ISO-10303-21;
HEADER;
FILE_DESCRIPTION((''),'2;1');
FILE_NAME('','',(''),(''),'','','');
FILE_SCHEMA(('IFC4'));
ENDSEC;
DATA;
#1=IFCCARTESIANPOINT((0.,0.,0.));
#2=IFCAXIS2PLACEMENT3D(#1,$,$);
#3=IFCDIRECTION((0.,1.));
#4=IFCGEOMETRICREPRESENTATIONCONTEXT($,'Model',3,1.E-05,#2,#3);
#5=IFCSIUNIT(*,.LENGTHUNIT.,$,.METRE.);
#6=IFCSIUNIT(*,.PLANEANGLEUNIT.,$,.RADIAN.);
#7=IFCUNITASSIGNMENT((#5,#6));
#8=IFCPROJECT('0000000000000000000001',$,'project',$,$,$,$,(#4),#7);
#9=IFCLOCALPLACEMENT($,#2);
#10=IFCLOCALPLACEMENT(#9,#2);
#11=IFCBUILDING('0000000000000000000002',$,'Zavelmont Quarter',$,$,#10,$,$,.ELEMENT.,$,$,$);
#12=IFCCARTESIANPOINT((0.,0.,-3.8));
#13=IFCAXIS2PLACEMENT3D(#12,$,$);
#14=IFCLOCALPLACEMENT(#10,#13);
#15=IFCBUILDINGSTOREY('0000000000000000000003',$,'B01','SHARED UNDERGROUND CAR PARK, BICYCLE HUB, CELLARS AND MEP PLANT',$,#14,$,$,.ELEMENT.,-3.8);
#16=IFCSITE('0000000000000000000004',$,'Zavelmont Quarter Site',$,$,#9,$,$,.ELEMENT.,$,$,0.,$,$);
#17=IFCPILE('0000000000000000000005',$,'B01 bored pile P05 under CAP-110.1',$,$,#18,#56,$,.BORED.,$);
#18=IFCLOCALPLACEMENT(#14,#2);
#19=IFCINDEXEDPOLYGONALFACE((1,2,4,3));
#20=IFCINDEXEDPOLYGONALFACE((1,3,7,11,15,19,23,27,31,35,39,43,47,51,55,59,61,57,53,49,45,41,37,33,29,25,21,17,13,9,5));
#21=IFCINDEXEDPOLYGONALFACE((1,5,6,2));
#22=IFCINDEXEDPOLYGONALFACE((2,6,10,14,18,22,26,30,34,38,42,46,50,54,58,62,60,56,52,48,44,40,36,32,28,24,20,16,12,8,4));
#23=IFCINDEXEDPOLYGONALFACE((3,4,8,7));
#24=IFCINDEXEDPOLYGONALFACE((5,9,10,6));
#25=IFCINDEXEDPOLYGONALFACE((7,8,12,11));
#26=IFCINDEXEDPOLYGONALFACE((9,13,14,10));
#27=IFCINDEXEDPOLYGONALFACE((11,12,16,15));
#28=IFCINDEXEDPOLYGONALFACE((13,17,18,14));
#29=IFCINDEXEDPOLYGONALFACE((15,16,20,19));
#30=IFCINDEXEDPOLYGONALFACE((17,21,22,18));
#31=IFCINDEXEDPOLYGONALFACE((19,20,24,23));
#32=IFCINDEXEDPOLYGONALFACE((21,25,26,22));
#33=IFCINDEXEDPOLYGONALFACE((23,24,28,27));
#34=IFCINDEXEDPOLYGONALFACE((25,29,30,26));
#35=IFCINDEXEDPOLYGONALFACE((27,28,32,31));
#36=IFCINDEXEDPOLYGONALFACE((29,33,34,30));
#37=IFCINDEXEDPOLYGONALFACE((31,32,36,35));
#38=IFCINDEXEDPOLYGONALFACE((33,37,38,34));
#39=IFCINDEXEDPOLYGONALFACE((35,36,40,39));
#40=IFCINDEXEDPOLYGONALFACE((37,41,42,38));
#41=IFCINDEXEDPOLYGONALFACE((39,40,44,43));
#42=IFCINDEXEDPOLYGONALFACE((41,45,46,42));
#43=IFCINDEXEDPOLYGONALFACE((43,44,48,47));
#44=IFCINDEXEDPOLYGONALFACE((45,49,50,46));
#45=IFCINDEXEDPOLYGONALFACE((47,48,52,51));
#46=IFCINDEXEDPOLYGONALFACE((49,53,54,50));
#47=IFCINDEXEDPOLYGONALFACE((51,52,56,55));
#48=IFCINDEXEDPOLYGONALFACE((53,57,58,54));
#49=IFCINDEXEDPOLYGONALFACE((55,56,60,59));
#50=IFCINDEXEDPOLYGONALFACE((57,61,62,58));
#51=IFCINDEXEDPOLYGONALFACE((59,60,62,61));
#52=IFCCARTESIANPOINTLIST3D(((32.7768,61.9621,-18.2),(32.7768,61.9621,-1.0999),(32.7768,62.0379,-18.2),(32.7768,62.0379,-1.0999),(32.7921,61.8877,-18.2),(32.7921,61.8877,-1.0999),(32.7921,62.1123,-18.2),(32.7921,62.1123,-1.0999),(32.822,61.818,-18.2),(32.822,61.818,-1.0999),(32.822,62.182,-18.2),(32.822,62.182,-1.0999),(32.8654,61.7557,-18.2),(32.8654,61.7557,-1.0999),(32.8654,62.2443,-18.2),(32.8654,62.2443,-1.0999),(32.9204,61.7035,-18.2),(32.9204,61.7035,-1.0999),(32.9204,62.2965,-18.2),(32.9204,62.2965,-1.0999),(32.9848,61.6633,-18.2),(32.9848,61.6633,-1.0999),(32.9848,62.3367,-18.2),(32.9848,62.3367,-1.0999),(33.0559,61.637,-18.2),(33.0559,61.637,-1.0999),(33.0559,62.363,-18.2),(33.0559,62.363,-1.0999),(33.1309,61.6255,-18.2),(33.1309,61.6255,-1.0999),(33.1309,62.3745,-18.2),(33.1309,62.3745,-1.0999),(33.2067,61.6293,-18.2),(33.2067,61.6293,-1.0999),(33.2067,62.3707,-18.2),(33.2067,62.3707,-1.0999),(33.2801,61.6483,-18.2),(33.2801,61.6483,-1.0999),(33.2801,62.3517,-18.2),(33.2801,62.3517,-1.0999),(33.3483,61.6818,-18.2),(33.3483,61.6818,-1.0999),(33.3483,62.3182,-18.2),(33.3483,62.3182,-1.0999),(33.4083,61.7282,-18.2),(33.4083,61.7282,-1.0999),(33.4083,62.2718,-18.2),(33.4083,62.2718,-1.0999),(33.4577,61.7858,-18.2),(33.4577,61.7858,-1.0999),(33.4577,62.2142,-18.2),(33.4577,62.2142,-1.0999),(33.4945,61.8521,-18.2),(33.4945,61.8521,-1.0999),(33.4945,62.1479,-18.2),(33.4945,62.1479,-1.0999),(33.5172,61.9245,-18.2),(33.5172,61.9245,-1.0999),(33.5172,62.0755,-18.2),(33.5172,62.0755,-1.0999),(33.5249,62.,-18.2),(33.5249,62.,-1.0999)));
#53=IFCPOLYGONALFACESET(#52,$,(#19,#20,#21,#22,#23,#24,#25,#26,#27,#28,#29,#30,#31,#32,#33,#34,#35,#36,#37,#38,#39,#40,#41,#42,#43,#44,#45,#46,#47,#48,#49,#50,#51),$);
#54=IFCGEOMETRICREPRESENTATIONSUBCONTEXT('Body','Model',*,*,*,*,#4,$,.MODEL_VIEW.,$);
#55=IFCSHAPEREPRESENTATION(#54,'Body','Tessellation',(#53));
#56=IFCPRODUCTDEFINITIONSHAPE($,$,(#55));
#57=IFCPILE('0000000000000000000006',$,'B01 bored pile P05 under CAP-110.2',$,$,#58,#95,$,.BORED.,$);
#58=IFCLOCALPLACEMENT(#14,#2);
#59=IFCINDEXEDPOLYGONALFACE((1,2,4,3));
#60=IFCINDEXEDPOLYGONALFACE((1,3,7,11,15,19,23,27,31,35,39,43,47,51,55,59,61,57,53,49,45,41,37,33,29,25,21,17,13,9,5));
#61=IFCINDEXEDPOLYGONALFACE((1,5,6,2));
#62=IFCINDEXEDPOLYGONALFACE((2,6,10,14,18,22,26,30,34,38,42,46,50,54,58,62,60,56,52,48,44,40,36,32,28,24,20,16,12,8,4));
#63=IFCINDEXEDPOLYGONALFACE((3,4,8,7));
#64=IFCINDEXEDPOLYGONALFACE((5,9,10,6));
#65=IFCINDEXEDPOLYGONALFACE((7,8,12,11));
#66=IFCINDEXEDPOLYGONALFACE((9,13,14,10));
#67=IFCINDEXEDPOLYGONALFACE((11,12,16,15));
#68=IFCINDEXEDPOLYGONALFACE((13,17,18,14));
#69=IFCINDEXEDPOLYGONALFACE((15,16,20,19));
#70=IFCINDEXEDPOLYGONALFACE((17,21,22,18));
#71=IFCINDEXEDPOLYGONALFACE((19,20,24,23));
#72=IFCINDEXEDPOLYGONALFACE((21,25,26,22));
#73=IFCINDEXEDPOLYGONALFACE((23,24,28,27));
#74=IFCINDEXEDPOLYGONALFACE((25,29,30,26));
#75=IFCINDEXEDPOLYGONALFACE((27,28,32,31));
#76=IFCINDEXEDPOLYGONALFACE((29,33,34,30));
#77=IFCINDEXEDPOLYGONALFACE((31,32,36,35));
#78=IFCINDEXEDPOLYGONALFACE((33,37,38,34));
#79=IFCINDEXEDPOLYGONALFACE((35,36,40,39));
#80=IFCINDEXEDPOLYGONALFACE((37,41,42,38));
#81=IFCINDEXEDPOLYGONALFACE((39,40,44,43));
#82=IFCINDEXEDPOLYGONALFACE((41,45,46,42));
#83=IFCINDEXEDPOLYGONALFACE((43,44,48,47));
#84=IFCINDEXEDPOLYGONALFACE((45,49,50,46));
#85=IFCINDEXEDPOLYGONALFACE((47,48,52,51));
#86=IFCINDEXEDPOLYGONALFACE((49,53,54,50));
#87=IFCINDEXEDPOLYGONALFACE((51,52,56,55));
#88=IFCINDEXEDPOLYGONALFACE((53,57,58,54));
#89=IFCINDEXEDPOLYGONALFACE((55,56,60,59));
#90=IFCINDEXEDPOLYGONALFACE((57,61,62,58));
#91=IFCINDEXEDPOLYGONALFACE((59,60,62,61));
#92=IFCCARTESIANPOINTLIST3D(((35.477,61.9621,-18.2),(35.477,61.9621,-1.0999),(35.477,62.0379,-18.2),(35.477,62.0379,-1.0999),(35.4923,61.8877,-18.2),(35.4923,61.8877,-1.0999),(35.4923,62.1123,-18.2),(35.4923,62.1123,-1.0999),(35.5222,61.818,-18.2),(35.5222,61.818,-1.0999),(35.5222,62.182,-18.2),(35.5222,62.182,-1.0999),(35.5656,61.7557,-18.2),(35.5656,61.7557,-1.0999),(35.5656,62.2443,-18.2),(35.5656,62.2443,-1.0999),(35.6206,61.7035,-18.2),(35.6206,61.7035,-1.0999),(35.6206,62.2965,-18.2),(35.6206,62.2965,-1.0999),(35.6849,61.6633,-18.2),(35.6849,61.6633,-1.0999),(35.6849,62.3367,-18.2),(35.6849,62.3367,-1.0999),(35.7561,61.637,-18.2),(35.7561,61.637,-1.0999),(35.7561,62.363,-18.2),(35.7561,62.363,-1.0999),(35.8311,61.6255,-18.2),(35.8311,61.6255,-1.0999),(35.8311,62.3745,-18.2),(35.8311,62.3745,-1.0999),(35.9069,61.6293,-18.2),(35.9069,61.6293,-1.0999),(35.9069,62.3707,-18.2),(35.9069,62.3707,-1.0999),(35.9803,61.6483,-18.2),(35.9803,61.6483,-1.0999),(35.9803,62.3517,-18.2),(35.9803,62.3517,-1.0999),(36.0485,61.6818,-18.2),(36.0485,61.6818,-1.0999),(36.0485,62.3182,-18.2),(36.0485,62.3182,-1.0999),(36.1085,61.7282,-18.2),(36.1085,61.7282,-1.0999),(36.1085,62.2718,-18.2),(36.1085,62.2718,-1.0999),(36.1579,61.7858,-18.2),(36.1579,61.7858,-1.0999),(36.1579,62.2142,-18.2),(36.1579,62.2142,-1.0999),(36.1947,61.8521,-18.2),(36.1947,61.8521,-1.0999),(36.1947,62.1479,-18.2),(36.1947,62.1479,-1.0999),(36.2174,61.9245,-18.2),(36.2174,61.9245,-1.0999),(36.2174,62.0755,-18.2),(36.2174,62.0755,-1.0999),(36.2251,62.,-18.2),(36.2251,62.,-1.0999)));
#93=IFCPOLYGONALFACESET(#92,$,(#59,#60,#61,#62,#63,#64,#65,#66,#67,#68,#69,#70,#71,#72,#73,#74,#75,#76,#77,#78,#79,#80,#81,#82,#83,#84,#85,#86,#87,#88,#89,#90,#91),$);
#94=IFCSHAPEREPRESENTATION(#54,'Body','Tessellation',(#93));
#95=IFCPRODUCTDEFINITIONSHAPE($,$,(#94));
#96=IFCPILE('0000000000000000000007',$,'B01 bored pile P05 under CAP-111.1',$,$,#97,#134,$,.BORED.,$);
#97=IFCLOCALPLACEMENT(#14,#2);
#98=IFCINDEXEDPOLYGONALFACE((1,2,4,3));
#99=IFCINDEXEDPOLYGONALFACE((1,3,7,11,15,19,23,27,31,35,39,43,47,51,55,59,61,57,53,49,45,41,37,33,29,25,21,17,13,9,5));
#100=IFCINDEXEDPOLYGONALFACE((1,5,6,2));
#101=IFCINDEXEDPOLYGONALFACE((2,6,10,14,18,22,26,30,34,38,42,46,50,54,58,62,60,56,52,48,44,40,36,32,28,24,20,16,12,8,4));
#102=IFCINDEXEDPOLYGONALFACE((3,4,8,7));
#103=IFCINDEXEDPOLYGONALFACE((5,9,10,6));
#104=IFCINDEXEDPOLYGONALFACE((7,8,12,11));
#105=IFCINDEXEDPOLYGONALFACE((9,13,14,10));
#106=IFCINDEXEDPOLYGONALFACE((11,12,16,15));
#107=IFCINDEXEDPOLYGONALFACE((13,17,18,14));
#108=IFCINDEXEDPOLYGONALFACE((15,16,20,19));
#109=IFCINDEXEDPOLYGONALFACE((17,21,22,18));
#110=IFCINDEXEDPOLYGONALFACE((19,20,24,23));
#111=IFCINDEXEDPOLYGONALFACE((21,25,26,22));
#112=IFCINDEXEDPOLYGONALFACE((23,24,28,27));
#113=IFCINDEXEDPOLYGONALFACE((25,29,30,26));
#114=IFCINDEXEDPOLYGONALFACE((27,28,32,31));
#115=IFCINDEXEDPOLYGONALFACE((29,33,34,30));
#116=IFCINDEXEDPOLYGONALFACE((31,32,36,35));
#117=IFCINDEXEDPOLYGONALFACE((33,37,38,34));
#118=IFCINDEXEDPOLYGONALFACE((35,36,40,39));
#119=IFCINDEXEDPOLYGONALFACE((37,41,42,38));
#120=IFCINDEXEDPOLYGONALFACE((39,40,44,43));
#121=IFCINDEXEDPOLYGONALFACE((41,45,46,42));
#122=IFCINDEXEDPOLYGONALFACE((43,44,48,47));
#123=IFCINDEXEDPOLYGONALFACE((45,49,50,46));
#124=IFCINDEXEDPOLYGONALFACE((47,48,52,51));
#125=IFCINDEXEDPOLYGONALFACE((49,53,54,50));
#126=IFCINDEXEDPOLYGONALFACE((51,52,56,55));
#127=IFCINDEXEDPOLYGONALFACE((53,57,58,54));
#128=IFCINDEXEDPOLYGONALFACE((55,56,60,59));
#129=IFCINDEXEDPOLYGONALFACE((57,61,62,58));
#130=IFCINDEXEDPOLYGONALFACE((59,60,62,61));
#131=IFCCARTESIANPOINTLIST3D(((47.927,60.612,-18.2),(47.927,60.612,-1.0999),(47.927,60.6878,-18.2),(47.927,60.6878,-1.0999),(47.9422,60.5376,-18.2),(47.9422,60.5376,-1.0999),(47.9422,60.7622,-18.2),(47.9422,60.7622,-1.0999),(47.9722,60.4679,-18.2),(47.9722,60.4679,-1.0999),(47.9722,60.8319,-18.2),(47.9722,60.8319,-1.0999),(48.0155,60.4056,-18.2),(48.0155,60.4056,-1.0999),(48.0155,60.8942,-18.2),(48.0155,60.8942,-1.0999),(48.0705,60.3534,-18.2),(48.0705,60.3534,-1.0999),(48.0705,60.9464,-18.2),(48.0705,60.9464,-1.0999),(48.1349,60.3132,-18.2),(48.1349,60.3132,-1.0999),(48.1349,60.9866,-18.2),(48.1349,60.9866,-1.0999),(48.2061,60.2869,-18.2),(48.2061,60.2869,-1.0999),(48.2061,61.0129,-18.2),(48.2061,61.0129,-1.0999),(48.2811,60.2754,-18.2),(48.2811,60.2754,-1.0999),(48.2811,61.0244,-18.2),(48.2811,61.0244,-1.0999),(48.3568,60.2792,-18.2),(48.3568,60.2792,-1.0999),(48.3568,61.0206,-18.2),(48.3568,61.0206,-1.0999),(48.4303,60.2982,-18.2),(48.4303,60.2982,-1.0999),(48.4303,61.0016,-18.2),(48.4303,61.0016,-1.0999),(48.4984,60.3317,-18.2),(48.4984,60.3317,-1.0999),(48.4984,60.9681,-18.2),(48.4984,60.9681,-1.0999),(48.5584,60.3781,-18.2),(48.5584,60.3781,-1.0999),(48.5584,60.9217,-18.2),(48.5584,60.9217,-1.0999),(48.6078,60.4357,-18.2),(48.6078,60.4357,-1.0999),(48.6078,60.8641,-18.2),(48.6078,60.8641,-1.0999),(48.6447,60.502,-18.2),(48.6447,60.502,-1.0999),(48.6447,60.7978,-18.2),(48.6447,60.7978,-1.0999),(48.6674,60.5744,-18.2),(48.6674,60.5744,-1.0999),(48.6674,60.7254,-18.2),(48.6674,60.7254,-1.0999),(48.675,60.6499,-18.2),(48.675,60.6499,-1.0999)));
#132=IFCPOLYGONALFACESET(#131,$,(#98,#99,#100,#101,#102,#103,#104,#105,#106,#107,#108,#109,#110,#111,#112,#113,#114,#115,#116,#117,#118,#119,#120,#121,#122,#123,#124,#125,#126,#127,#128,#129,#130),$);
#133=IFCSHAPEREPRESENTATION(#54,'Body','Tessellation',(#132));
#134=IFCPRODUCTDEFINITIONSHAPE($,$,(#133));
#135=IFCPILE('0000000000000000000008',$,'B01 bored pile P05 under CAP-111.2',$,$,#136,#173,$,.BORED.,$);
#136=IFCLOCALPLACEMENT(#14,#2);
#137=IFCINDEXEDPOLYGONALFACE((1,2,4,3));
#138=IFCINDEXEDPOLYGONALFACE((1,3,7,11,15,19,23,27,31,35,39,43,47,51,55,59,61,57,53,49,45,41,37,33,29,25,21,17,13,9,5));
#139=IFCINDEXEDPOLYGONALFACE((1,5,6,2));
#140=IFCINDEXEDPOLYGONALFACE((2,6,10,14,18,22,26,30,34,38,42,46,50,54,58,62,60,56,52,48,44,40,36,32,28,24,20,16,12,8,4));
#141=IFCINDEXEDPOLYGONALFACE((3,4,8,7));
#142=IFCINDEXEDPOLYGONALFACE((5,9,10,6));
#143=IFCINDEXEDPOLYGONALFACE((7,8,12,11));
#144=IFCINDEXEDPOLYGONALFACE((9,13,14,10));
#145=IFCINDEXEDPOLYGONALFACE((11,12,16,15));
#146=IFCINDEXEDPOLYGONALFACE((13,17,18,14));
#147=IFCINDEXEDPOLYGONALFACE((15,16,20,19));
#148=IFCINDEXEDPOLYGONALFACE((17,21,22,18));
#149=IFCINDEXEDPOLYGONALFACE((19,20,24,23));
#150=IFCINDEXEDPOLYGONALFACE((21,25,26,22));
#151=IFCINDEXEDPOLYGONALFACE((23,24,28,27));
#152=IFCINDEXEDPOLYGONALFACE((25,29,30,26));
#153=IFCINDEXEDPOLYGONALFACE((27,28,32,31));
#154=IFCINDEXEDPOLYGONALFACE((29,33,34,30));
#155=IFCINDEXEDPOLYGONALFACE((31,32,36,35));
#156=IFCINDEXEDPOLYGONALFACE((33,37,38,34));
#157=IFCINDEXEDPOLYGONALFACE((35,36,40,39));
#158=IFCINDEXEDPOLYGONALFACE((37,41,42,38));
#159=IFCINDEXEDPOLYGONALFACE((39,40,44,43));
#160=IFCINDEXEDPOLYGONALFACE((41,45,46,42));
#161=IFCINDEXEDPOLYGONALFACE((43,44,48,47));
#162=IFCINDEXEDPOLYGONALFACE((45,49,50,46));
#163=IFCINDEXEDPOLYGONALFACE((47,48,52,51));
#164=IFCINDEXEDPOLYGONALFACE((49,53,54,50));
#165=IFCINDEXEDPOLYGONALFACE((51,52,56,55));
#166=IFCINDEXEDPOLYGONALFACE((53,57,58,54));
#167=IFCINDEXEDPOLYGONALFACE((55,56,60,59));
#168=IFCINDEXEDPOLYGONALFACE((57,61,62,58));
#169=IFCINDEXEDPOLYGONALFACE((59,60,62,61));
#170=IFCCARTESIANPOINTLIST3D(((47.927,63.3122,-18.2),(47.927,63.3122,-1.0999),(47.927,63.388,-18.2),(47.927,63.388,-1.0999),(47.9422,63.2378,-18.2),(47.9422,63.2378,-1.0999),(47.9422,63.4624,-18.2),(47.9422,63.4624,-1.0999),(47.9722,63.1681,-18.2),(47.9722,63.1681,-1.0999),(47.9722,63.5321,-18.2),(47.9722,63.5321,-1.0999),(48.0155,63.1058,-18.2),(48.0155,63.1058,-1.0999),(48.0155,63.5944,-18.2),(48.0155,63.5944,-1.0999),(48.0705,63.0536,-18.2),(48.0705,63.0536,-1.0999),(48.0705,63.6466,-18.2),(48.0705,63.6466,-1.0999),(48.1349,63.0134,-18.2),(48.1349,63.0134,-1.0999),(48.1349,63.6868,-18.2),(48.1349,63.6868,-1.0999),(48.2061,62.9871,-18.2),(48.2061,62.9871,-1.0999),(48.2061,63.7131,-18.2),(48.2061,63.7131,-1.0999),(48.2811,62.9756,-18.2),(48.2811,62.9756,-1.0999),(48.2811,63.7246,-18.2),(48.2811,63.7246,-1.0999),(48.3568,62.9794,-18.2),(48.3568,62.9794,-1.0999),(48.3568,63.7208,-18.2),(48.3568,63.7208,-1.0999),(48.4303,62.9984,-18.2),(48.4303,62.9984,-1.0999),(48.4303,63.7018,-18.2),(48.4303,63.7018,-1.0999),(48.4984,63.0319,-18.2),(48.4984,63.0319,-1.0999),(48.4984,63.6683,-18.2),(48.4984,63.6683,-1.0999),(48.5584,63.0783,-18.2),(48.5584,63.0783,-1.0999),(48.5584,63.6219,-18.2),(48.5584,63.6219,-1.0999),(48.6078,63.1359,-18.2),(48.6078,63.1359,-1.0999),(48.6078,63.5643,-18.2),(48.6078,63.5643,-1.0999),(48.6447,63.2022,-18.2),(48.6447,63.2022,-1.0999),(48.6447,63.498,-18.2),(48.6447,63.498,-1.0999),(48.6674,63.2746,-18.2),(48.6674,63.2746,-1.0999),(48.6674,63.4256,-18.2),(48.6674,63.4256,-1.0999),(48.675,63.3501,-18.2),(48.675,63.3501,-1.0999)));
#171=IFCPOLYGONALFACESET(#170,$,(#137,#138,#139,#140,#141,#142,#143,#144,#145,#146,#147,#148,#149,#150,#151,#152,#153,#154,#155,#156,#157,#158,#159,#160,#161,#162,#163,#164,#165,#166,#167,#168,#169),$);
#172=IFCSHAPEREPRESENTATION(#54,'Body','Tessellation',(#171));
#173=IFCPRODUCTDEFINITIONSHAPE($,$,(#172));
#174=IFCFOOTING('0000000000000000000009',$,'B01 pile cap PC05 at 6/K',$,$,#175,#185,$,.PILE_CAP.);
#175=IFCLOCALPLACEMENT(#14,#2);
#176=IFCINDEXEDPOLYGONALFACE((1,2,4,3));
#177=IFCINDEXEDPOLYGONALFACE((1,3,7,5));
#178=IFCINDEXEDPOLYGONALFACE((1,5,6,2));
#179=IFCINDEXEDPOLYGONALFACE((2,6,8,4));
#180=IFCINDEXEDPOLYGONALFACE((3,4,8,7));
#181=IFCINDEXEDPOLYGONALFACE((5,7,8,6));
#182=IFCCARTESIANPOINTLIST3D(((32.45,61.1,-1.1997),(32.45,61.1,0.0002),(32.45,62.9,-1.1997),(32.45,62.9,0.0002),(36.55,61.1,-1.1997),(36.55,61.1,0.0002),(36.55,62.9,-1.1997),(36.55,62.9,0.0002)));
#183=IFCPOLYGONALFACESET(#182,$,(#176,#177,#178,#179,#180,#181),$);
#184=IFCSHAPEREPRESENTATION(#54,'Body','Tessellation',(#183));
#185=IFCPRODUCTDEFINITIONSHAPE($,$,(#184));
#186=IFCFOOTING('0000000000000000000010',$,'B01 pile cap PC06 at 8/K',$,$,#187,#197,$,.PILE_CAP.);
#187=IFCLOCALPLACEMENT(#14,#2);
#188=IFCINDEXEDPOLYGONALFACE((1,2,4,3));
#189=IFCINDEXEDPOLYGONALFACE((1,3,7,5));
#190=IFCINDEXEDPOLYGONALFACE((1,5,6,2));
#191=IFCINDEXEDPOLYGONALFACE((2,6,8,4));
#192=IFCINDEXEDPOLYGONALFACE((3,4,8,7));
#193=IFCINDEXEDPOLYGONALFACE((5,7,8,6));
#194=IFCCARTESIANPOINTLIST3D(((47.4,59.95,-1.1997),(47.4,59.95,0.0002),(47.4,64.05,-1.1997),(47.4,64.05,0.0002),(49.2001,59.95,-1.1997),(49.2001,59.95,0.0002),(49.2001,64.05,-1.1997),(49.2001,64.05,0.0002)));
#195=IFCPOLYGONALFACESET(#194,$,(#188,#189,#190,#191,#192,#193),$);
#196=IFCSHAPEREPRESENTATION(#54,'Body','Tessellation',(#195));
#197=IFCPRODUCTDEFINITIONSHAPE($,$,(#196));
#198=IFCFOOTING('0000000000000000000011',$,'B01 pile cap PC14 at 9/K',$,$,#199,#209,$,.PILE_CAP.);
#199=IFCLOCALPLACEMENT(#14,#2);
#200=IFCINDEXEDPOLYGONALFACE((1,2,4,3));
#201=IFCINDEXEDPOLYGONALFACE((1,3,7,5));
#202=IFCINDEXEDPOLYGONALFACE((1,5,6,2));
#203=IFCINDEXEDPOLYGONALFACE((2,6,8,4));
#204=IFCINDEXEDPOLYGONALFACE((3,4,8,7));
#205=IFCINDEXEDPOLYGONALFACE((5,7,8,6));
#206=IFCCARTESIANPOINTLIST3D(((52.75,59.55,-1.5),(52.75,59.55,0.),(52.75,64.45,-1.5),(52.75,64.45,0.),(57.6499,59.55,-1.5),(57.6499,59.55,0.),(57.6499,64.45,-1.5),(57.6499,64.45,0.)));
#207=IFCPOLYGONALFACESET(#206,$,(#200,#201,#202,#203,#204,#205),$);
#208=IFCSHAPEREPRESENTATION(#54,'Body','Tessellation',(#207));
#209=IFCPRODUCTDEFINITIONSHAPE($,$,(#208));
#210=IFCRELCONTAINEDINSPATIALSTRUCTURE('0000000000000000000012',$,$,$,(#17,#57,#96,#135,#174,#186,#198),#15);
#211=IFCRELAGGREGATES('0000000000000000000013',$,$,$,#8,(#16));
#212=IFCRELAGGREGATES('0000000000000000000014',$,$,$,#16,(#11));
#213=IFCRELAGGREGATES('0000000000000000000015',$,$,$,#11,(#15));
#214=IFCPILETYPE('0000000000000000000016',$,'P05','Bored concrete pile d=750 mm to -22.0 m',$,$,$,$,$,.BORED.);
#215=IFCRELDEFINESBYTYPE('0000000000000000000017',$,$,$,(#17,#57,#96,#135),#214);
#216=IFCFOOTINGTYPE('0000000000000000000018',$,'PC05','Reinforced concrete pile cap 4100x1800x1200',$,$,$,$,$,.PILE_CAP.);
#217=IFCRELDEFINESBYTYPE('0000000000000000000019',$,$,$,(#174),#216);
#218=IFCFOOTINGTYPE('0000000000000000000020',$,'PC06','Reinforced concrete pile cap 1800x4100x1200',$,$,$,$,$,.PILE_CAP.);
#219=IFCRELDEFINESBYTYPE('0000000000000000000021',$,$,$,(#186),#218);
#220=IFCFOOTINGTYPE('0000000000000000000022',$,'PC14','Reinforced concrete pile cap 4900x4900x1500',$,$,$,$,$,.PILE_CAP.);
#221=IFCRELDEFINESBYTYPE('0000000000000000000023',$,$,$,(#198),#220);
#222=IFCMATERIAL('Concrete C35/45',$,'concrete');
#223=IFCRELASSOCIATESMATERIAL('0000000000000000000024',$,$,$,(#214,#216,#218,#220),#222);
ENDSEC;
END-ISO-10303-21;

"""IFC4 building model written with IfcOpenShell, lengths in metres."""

from ifc_helpers import new_model, si_unit, direction, frame, origin, origin_2d, place, context, subcontext, project, spatial, rectangle, circle, extrude, material, material_profile, profile_set, type_object, element, save


model = new_model("IFC4")

# Units and contexts
model_context = context("Model", 3, precision=1e-05, world=origin(), true_north=direction((0.0, 1.0)))
body_context = subcontext(model_context, "Body", "Model", "MODEL_VIEW")
ifc_project = project(units=[si_unit("LENGTHUNIT", "METRE"), si_unit("PLANEANGLEUNIT", "RADIAN")], contexts=[model_context])

# Site, building, storey
site_placement = place(None, origin())
site = spatial("IfcSite", under=ifc_project, at=site_placement, Name="Zavelmont Quarter Site", CompositionType="ELEMENT", RefElevation=0.0)
building_placement = place(site_placement, origin())
building = spatial("IfcBuilding", under=site, at=building_placement, Name="Zavelmont Quarter", CompositionType="ELEMENT")
storey_placement = place(building_placement, frame((0.0, 0.0, -3.8)))
storey = spatial("IfcBuildingStorey", under=building, at=storey_placement, Name="B01", Description="SHARED UNDERGROUND CAR PARK, BICYCLE HUB, CELLARS AND MEP PLANT", CompositionType="ELEMENT", Elevation=-3.8)

# Shared definitions
ifc_material_1 = material(Name="Concrete C35/45", Category="concrete")

# Piles
ifc_material_profile_1 = material_profile(ifc_material_1, circle(Radius=0.375, at=origin_2d()), Name="BP750")
ifc_profile_set_1 = profile_set([ifc_material_profile_1], Name="Concrete C35/45")
pile_type_1 = type_object("IfcPileType", Name="P05", Description="Bored concrete pile d=750 mm to -22.0 m", PredefinedType="BORED", material=ifc_profile_set_1)
for number, where, z_axis, x_axis, name in (
    (1, (33.1499, 62.0, -1.0999), (0.0, 0.0, -1.0), (1.0, 0.0, 0.0), "B01 bored pile P05 under CAP-110.1"),
    (2, (35.8501, 62.0, -1.0999), (0.0, 0.0, -1.0), (1.0, 0.0, 0.0), "B01 bored pile P05 under CAP-110.2"),
    (3, (48.3, 60.6499, -1.0999), (0.0, 0.0, -1.0), (1.0, 0.0, 0.0), "B01 bored pile P05 under CAP-111.1"),
    (4, (48.3, 63.3501, -1.0999), (0.0, 0.0, -1.0), (1.0, 0.0, 0.0), "B01 bored pile P05 under CAP-111.2"),
):
    element("IfcPile", number, at=place(storey_placement, frame(where, z_axis=z_axis, x_axis=x_axis)), inside=storey, type_object=pile_type_1, Name=name, PredefinedType="BORED", context=body_context, shape_type="SweptSolid", body=[
        extrude(circle(Radius=0.375, at=origin_2d()), origin(), (0.0, 0.0, 1.0), 17.1001),
    ])

# Footings
footing_type_1 = type_object("IfcFootingType", Name="PC05", Description="Reinforced concrete pile cap 4100x1800x1200", PredefinedType="PILE_CAP", material=ifc_material_1)
footing_1_placement = place(storey_placement, frame((34.5, 62.0, -1.1997), z_axis=(0.0, 0.0, 1.0), x_axis=(1.0, 0.0, 0.0)))
element("IfcFooting", 5, at=footing_1_placement, inside=storey, type_object=footing_type_1, Name="B01 pile cap PC05 at 6/K", PredefinedType="PILE_CAP", context=body_context, shape_type="SweptSolid", body=[
    extrude(rectangle(XDim=4.1001, YDim=1.8, at=origin_2d()), origin(), (0.0, 0.0, 1.0), 1.2),
])
footing_type_2 = type_object("IfcFootingType", Name="PC06", Description="Reinforced concrete pile cap 1800x4100x1200", PredefinedType="PILE_CAP", material=ifc_material_1)
footing_2_placement = place(storey_placement, frame((48.3, 62.0, -1.1997), z_axis=(0.0, 0.0, 1.0), x_axis=(1.0, 0.0, 0.0)))
element("IfcFooting", 6, at=footing_2_placement, inside=storey, type_object=footing_type_2, Name="B01 pile cap PC06 at 8/K", PredefinedType="PILE_CAP", context=body_context, shape_type="SweptSolid", body=[
    extrude(rectangle(XDim=1.8, YDim=4.1001, at=origin_2d()), origin(), (0.0, 0.0, 1.0), 1.2),
])
footing_type_3 = type_object("IfcFootingType", Name="PC14", Description="Reinforced concrete pile cap 4900x4900x1500", PredefinedType="PILE_CAP", material=ifc_material_1)
footing_3_placement = place(storey_placement, frame((55.2, 62.0, -1.5), z_axis=(0.0, 0.0, 1.0), x_axis=(1.0, 0.0, 0.0)))
element("IfcFooting", 7, at=footing_3_placement, inside=storey, type_object=footing_type_3, Name="B01 pile cap PC14 at 9/K", PredefinedType="PILE_CAP", context=body_context, shape_type="SweptSolid", body=[
    extrude(rectangle(XDim=4.8999, YDim=4.8999, at=origin_2d()), origin(), (0.0, 0.0, 1.0), 1.5),
])

save(model, "model.ifc")
